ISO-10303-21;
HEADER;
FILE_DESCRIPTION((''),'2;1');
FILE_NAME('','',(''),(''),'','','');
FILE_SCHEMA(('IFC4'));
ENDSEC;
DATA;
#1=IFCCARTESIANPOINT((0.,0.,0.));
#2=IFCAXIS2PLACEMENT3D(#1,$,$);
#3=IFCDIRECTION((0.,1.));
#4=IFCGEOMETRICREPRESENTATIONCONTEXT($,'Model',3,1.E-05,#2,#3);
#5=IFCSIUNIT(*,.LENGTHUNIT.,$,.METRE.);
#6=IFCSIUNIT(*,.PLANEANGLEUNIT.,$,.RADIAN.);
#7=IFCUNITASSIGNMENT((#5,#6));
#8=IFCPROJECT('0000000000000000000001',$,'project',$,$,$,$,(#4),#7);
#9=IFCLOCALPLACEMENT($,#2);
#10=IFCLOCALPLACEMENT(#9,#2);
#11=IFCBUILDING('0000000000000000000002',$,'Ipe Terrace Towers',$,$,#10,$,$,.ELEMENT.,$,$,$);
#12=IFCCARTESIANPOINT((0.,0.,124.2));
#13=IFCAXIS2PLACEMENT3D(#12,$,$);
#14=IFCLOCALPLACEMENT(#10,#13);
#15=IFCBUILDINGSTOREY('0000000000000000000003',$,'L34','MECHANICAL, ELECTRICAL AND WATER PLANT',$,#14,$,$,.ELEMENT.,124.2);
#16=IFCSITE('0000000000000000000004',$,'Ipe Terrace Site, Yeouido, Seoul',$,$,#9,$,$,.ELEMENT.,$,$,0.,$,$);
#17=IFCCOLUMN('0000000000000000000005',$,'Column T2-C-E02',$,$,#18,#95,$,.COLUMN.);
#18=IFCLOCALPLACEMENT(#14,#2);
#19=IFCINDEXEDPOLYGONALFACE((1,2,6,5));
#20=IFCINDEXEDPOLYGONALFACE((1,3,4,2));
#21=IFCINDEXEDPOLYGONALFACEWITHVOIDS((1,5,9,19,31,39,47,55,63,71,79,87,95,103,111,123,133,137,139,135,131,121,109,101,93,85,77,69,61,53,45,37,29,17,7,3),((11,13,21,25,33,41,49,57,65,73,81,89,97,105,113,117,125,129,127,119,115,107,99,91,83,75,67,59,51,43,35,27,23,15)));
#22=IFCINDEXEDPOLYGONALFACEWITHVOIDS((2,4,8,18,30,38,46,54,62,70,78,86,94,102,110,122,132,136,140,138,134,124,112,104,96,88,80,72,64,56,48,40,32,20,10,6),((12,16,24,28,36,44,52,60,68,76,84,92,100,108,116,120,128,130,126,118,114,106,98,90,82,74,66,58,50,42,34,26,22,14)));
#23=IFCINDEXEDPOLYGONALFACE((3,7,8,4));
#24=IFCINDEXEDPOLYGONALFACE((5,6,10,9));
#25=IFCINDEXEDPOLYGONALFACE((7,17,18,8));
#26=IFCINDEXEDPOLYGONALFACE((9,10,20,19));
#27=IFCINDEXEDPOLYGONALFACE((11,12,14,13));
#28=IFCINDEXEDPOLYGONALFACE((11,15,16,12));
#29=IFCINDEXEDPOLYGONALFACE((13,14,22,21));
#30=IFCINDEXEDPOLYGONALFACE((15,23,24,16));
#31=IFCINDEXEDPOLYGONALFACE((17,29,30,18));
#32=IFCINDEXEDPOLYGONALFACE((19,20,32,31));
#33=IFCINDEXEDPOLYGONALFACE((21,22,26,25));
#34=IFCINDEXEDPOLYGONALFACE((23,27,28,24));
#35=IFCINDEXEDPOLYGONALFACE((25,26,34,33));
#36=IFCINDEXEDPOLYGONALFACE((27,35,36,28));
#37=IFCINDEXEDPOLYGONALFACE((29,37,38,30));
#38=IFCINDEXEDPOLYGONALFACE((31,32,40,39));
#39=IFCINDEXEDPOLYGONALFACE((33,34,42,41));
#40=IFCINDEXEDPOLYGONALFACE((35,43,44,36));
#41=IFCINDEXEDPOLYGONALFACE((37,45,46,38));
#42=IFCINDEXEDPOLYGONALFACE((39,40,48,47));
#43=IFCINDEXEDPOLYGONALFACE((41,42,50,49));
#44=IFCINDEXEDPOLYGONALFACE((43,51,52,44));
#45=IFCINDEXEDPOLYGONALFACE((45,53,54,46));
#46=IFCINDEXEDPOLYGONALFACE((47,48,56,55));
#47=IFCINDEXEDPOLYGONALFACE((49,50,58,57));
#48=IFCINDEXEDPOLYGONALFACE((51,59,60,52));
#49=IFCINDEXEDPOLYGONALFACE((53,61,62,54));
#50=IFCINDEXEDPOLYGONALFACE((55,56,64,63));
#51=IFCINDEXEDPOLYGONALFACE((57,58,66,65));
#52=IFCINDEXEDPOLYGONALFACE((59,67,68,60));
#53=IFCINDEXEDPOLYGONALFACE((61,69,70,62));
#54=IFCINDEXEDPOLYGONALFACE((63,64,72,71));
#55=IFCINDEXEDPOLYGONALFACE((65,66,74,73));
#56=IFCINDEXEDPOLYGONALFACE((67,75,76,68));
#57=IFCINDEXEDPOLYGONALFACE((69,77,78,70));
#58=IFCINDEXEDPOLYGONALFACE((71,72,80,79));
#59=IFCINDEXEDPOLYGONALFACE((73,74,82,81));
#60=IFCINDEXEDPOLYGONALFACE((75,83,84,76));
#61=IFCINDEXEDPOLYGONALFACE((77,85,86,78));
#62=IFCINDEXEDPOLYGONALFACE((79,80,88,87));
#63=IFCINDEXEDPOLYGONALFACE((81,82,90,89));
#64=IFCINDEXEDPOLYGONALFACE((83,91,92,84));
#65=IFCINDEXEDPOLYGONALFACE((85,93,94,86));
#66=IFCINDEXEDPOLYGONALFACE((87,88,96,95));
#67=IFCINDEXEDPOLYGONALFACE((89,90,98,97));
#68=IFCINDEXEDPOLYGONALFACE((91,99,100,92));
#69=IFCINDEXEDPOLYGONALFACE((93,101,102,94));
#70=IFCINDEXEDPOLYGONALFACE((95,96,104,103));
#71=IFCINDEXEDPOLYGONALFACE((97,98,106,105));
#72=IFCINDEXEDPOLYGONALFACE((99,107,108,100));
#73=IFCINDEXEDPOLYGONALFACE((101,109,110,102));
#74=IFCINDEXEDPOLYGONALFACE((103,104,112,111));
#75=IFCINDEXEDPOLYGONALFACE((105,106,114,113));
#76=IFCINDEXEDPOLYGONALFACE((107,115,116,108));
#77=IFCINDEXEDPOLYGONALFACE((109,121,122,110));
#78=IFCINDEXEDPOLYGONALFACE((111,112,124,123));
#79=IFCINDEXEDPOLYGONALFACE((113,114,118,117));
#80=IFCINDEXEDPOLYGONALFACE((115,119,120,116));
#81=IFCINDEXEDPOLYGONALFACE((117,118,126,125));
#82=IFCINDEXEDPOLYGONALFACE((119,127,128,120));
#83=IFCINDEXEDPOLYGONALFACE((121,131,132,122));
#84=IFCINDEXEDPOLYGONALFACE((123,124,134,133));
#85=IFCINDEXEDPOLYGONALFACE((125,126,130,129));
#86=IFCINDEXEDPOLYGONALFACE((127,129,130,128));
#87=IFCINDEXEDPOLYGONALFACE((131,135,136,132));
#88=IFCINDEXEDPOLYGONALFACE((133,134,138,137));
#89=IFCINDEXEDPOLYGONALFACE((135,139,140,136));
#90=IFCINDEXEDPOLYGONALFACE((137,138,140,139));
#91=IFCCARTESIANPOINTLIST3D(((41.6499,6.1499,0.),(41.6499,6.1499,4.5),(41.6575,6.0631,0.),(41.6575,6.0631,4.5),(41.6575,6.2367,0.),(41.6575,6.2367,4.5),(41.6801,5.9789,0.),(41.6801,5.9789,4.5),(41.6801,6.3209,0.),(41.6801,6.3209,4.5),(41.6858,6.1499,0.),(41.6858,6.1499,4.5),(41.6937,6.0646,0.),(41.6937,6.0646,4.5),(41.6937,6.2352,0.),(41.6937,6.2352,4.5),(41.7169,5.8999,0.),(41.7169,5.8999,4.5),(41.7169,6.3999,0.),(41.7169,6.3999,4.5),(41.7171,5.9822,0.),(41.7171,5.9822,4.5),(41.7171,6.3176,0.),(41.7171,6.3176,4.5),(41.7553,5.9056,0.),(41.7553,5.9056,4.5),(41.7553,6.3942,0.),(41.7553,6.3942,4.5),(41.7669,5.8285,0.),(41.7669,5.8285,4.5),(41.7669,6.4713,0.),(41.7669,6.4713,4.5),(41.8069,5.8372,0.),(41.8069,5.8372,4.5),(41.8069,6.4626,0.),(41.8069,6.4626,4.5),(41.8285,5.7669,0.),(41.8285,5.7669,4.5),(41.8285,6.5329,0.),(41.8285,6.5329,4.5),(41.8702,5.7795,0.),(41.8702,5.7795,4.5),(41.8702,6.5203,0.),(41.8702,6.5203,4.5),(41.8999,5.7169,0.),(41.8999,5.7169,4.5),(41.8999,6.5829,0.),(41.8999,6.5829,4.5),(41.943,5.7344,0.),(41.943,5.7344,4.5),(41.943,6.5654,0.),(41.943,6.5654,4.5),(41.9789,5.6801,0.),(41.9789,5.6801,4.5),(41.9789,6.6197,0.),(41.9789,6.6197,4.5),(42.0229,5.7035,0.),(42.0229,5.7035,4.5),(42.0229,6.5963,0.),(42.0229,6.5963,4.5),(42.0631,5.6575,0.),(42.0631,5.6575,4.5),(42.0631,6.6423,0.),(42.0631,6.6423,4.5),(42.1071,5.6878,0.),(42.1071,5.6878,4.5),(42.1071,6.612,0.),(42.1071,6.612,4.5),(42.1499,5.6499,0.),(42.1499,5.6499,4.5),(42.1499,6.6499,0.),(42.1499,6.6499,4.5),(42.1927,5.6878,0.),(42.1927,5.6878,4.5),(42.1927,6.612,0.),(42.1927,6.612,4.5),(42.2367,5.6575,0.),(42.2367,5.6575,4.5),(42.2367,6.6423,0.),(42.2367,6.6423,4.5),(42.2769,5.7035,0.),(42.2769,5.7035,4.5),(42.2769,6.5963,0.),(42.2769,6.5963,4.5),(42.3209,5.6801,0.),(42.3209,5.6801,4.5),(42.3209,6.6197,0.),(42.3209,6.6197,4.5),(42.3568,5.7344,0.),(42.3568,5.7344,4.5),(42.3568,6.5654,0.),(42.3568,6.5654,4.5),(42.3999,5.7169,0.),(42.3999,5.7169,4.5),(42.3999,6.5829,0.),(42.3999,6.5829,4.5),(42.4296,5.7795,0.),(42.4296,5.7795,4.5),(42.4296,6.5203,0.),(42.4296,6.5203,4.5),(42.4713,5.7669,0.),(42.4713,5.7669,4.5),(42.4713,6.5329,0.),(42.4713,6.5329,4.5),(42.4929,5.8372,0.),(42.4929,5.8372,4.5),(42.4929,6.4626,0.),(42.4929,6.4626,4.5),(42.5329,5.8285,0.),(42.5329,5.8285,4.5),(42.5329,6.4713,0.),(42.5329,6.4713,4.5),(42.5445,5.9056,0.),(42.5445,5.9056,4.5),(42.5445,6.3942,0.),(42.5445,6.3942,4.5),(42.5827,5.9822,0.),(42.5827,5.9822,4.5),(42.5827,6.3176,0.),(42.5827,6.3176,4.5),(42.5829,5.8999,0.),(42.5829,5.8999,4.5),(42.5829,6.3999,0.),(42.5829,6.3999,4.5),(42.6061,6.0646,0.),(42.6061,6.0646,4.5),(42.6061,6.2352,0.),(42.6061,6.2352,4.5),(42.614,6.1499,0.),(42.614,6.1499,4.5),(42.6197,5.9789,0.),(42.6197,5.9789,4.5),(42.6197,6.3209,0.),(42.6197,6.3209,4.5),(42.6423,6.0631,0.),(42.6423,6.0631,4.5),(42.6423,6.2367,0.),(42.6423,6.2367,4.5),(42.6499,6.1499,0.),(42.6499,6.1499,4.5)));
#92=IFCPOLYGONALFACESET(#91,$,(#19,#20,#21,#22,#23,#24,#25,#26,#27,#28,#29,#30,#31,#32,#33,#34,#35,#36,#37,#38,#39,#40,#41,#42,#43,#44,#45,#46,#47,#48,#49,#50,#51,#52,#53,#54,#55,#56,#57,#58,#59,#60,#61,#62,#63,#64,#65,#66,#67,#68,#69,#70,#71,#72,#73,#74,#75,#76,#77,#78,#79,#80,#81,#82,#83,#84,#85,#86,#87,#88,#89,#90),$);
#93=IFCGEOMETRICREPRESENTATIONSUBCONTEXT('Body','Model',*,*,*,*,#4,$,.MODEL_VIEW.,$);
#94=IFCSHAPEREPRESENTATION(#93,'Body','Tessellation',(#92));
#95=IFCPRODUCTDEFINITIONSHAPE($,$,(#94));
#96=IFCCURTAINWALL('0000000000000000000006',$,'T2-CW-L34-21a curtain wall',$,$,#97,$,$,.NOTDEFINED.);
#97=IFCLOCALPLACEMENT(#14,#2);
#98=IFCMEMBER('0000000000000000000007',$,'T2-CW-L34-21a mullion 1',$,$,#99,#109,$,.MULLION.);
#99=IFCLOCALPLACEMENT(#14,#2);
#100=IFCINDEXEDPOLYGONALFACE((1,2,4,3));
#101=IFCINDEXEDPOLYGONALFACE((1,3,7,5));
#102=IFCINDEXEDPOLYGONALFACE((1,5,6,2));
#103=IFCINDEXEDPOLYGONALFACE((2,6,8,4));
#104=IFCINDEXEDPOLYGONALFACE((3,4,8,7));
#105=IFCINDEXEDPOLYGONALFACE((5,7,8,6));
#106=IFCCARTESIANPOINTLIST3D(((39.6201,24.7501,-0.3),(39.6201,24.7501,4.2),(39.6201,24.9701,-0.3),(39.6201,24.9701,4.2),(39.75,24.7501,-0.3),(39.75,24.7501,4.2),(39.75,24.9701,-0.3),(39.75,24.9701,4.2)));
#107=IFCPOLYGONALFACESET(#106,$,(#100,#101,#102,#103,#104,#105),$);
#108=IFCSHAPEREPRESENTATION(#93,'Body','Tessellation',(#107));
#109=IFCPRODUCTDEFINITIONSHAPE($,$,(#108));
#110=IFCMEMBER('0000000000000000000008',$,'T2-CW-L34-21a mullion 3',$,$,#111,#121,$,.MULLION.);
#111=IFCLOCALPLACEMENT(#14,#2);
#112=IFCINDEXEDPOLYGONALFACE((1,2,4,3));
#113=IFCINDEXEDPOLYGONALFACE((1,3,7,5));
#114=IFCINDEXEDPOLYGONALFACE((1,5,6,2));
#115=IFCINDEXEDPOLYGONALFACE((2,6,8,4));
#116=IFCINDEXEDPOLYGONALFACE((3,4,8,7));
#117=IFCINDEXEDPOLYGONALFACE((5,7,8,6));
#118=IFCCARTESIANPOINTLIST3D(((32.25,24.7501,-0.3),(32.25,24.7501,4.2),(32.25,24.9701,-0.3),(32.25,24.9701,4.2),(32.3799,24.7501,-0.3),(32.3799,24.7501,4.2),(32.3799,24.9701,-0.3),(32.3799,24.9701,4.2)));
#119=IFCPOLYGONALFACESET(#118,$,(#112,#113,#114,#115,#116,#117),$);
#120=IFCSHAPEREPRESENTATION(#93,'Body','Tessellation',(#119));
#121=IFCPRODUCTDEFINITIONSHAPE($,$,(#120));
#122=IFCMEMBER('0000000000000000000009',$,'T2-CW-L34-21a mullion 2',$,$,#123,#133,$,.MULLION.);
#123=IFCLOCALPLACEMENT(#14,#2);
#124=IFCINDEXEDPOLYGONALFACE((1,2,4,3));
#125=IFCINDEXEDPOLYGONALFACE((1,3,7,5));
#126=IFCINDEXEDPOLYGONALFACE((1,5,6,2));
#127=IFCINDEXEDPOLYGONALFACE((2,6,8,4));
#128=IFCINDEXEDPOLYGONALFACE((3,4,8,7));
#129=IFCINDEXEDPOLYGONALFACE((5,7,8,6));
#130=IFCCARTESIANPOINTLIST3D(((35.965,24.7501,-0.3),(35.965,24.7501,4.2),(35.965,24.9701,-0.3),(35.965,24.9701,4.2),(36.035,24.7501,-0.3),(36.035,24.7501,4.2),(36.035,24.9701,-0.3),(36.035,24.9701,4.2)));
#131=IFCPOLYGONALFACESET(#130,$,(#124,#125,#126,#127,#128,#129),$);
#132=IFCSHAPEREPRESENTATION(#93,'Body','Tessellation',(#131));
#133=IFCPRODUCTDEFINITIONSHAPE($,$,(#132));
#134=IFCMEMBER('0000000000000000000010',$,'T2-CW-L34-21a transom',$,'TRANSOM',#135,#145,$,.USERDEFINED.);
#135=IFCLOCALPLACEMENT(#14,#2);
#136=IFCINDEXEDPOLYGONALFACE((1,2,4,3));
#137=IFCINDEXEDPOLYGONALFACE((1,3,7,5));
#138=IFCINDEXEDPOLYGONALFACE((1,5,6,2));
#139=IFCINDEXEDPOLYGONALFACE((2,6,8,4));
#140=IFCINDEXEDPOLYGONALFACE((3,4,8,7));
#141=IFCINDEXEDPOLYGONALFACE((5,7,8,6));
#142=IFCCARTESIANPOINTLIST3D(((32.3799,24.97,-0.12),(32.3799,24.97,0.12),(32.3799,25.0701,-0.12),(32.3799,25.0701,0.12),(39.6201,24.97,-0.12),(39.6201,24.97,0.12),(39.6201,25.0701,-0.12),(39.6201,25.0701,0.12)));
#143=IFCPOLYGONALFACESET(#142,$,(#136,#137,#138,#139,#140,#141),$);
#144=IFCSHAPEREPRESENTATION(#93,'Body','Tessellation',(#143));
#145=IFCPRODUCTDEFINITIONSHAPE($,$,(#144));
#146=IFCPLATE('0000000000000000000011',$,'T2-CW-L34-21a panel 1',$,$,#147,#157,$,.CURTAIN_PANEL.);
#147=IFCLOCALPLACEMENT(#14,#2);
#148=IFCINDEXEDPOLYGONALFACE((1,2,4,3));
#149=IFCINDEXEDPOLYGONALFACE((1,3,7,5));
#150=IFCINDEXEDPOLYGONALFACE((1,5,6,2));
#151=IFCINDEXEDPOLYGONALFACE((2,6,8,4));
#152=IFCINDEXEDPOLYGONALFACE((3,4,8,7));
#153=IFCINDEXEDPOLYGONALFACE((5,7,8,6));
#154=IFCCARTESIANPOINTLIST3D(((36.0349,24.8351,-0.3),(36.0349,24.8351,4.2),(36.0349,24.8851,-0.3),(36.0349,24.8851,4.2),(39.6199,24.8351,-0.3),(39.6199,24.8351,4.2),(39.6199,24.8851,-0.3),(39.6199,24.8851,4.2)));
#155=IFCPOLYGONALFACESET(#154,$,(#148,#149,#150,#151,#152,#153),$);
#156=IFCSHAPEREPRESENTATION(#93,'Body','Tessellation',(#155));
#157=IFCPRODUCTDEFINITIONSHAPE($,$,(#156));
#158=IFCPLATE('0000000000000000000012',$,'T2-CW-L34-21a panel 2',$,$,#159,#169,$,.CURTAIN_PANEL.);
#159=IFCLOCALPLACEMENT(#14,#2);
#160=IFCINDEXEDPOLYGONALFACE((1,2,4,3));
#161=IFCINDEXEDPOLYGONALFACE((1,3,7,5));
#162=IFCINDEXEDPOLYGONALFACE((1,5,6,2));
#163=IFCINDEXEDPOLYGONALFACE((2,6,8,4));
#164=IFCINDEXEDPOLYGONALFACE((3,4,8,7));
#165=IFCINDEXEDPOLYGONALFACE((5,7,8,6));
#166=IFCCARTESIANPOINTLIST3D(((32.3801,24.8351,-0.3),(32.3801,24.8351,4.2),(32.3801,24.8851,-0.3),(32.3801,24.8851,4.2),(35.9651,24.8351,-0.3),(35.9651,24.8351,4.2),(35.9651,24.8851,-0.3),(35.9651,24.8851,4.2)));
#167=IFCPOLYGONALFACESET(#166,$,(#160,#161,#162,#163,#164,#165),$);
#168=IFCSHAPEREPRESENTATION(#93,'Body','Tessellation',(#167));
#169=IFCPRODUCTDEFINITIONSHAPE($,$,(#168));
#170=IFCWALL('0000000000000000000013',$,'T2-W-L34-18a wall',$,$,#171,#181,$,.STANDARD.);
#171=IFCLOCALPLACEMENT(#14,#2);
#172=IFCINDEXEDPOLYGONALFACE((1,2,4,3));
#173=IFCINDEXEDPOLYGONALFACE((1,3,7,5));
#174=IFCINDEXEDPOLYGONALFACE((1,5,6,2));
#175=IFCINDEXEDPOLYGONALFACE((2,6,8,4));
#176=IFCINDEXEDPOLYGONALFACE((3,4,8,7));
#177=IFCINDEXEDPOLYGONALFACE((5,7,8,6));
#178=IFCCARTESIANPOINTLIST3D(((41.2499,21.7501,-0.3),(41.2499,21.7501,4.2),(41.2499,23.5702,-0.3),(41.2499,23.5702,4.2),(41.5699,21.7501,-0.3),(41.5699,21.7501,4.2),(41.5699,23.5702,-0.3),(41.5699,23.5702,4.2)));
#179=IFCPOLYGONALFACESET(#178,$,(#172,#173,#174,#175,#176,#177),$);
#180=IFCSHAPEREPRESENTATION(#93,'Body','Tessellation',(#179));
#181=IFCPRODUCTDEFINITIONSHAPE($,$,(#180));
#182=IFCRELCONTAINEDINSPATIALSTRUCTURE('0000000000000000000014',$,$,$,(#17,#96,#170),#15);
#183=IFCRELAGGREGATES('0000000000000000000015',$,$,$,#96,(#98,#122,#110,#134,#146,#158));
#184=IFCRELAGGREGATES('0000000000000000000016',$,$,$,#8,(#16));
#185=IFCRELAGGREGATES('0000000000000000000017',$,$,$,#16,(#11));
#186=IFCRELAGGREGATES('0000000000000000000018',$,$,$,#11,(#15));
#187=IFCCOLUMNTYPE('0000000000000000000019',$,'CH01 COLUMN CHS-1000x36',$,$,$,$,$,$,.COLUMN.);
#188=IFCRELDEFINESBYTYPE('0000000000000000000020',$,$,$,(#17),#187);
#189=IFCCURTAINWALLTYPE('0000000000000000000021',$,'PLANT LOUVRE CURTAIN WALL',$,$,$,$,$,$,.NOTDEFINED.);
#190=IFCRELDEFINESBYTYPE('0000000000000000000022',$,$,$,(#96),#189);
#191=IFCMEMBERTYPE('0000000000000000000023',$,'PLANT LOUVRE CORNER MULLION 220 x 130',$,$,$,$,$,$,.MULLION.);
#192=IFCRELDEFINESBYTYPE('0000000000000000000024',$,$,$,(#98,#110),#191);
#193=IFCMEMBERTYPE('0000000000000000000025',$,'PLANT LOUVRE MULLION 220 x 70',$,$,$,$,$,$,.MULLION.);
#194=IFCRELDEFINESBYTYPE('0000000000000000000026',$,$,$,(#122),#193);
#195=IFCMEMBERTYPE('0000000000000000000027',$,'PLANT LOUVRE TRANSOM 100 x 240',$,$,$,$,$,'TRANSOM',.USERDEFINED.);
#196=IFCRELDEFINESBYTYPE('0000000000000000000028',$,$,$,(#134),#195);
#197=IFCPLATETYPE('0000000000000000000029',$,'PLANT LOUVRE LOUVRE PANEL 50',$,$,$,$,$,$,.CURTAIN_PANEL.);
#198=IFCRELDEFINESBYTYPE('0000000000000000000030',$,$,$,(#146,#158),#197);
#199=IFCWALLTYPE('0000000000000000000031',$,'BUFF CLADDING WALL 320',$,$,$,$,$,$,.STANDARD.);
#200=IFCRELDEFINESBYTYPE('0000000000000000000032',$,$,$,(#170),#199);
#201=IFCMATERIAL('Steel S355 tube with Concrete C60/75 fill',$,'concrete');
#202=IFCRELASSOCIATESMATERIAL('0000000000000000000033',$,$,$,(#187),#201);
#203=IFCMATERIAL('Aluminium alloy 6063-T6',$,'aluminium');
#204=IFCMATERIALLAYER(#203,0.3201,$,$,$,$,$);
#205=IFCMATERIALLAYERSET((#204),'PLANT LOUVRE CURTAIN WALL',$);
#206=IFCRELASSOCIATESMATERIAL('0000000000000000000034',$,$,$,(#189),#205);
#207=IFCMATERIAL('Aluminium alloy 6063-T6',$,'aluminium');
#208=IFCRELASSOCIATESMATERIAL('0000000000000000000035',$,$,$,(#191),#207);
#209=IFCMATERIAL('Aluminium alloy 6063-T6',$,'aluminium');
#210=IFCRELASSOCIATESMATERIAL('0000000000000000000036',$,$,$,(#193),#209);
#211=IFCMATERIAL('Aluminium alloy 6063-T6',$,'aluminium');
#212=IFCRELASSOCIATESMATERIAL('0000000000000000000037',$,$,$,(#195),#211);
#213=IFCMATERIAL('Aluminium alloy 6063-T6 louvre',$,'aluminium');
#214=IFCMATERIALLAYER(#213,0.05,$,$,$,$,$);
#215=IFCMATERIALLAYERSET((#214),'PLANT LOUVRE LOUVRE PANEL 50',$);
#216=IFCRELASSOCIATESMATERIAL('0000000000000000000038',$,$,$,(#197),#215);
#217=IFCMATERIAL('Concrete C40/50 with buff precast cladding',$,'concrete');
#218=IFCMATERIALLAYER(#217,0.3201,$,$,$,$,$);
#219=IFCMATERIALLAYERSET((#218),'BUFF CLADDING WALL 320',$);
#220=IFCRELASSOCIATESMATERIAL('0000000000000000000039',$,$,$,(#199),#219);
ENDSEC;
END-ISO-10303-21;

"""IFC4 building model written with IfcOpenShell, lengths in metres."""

from ifc_helpers import new_model, si_unit, direction, frame, frame_2d, origin, origin_2d, place, context, subcontext, project, spatial, rectangle, hollow_circle, extrude, material, layer, layer_set, material_profile, profile_set, type_object, element, aggregate, save


model = new_model("IFC4")

# Units and contexts
model_context = context("Model", 3, precision=1e-05, world=origin(), true_north=direction((0.0, 1.0)))
body_context = subcontext(model_context, "Body", "Model", "MODEL_VIEW")
ifc_project = project(units=[si_unit("LENGTHUNIT", "METRE"), si_unit("PLANEANGLEUNIT", "RADIAN")], contexts=[model_context])

# Site, building, storey
site_placement = place(None, origin())
site = spatial("IfcSite", under=ifc_project, at=site_placement, Name="Ipe Terrace Site, Yeouido, Seoul", CompositionType="ELEMENT", RefElevation=0.0)
building_placement = place(site_placement, origin())
building = spatial("IfcBuilding", under=site, at=building_placement, Name="Ipe Terrace Towers", CompositionType="ELEMENT")
storey_placement = place(building_placement, frame((0.0, 0.0, 124.2)))
storey = spatial("IfcBuildingStorey", under=building, at=storey_placement, Name="L34", Description="MECHANICAL, ELECTRICAL AND WATER PLANT", CompositionType="ELEMENT", Elevation=124.2)

# Column
ifc_material_1 = material(Name="Steel S355 tube with Concrete C60/75 fill", Category="concrete")
ifc_material_profile_1 = material_profile(ifc_material_1, hollow_circle(Radius=0.5, WallThickness=0.0359, at=origin_2d()), Name="CHS-1000x36")
ifc_profile_set_1 = profile_set([ifc_material_profile_1], Name="Steel S355 tube with Concrete C60/75 fill")
column_type = type_object("IfcColumnType", Name="CH01 COLUMN CHS-1000x36", PredefinedType="COLUMN", material=ifc_profile_set_1)
column_placement = place(storey_placement, frame((42.1499, 6.1499, 0.0), z_axis=(0.0, 0.0, 1.0), x_axis=(1.0, 0.0, 0.0)))
element("IfcColumn", 1, at=column_placement, inside=storey, type_object=column_type, Name="Column T2-C-E02", PredefinedType="COLUMN", context=body_context, shape_type="SweptSolid", body=[
    extrude(hollow_circle(Radius=0.5, WallThickness=0.0359, at=origin_2d()), origin(), (0.0, 0.0, 1.0), 4.5),
])

# Curtain wall, members, plates
ifc_material_2 = material(Name="Aluminium alloy 6063-T6", Category="aluminium")
ifc_layer_1 = layer(ifc_material_2, 0.3201)
ifc_layer_set_1 = layer_set([ifc_layer_1], Name="PLANT LOUVRE CURTAIN WALL")
curtain_wall_type = type_object("IfcCurtainWallType", Name="PLANT LOUVRE CURTAIN WALL", PredefinedType="NOTDEFINED", material=ifc_layer_set_1)
curtain_wall_placement = place(storey_placement, origin())
curtain_wall = element("IfcCurtainWall", 2, at=curtain_wall_placement, inside=storey, type_object=curtain_wall_type, Name="T2-CW-L34-21a curtain wall", PredefinedType="NOTDEFINED")
ifc_material_3 = material(Name="Aluminium alloy 6063-T6", Category="aluminium")
ifc_material_profile_2 = material_profile(ifc_material_3, rectangle(XDim=0.22, YDim=0.1299, at=origin_2d()), Name="PLANT LOUVRE CORNER MULLION 220 x 130")
ifc_profile_set_2 = profile_set([ifc_material_profile_2], Name="Aluminium alloy 6063-T6")
member_type_1 = type_object("IfcMemberType", Name="PLANT LOUVRE CORNER MULLION 220 x 130", PredefinedType="MULLION", material=ifc_profile_set_2)
member_1_placement = place(storey_placement, frame((39.6851, 24.8601, -0.3), z_axis=(0.0, 0.0, 1.0), x_axis=(0.0, 1.0, 0.0)))
member_1 = element("IfcMember", 3, at=member_1_placement, type_object=member_type_1, Name="T2-CW-L34-21a mullion 1", PredefinedType="MULLION", context=body_context, shape_type="SweptSolid", body=[
    extrude(rectangle(XDim=0.22, YDim=0.1299, at=origin_2d()), origin(), (0.0, 0.0, 1.0), 4.5),
])
member_2_placement = place(storey_placement, frame((32.3149, 24.8601, -0.3), z_axis=(0.0, 0.0, 1.0), x_axis=(0.0, 1.0, 0.0)))
member_2 = element("IfcMember", 4, at=member_2_placement, type_object=member_type_1, Name="T2-CW-L34-21a mullion 3", PredefinedType="MULLION", context=body_context, shape_type="SweptSolid", body=[
    extrude(rectangle(XDim=0.22, YDim=0.1299, at=origin_2d()), origin(), (0.0, 0.0, 1.0), 4.5),
])
ifc_material_4 = material(Name="Aluminium alloy 6063-T6", Category="aluminium")
ifc_material_profile_3 = material_profile(ifc_material_4, rectangle(XDim=0.22, YDim=0.0701, at=origin_2d()), Name="PLANT LOUVRE MULLION 220 x 70")
ifc_profile_set_3 = profile_set([ifc_material_profile_3], Name="Aluminium alloy 6063-T6")
member_type_2 = type_object("IfcMemberType", Name="PLANT LOUVRE MULLION 220 x 70", PredefinedType="MULLION", material=ifc_profile_set_3)
member_3_placement = place(storey_placement, frame((36.0, 24.8601, -0.3), z_axis=(0.0, 0.0, 1.0), x_axis=(0.0, 1.0, 0.0)))
member_3 = element("IfcMember", 5, at=member_3_placement, type_object=member_type_2, Name="T2-CW-L34-21a mullion 2", PredefinedType="MULLION", context=body_context, shape_type="SweptSolid", body=[
    extrude(rectangle(XDim=0.22, YDim=0.0701, at=origin_2d()), origin(), (0.0, 0.0, 1.0), 4.5),
])
ifc_material_5 = material(Name="Aluminium alloy 6063-T6", Category="aluminium")
ifc_material_profile_4 = material_profile(ifc_material_5, rectangle(XDim=0.1001, YDim=0.24, at=origin_2d()), Name="PLANT LOUVRE TRANSOM 100 x 240")
ifc_profile_set_4 = profile_set([ifc_material_profile_4], Name="Aluminium alloy 6063-T6")
member_type_3 = type_object("IfcMemberType", Name="PLANT LOUVRE TRANSOM 100 x 240", ElementType="TRANSOM", PredefinedType="USERDEFINED", material=ifc_profile_set_4)
member_4_placement = place(storey_placement, frame((39.6201, 25.02, 0.0), z_axis=(-1.0, 0.0, 0.0), x_axis=(0.0, 1.0, 0.0)))
member_4 = element("IfcMember", 6, at=member_4_placement, type_object=member_type_3, Name="T2-CW-L34-21a transom", ObjectType="TRANSOM", PredefinedType="USERDEFINED", context=body_context, shape_type="SweptSolid", body=[
    extrude(rectangle(XDim=0.1001, YDim=0.24, at=origin_2d()), origin(), (0.0, 0.0, 1.0), 7.2402),
])
ifc_material_6 = material(Name="Aluminium alloy 6063-T6 louvre", Category="aluminium")
ifc_layer_2 = layer(ifc_material_6, 0.05)
ifc_layer_set_2 = layer_set([ifc_layer_2], Name="PLANT LOUVRE LOUVRE PANEL 50")
plate_type = type_object("IfcPlateType", Name="PLANT LOUVRE LOUVRE PANEL 50", PredefinedType="CURTAIN_PANEL", material=ifc_layer_set_2)
plate_1_placement = place(storey_placement, frame((37.8274, 24.8601, -0.3), z_axis=(0.0, 0.0, 1.0), x_axis=(-1.0, 0.0, 0.0)))
plate_1 = element("IfcPlate", 7, at=plate_1_placement, type_object=plate_type, Name="T2-CW-L34-21a panel 1", PredefinedType="CURTAIN_PANEL", context=body_context, shape_type="SweptSolid", body=[
    extrude(rectangle(XDim=3.585, YDim=0.05, at=origin_2d()), origin(), (0.0, 0.0, 1.0), 4.5),
])
plate_2_placement = place(storey_placement, frame((34.1726, 24.8601, -0.3), z_axis=(0.0, 0.0, 1.0), x_axis=(-1.0, 0.0, 0.0)))
plate_2 = element("IfcPlate", 8, at=plate_2_placement, type_object=plate_type, Name="T2-CW-L34-21a panel 2", PredefinedType="CURTAIN_PANEL", context=body_context, shape_type="SweptSolid", body=[
    extrude(rectangle(XDim=3.585, YDim=0.05, at=origin_2d()), origin(), (0.0, 0.0, 1.0), 4.5),
])
aggregate(curtain_wall, [member_1, member_3, member_2, member_4, plate_1, plate_2])

# Wall
ifc_material_7 = material(Name="Concrete C40/50 with buff precast cladding", Category="concrete")
ifc_layer_3 = layer(ifc_material_7, 0.3201)
ifc_layer_set_3 = layer_set([ifc_layer_3], Name="BUFF CLADDING WALL 320")
wall_type_1 = type_object("IfcWallType", Name="BUFF CLADDING WALL 320", PredefinedType="STANDARD", material=ifc_layer_set_3)
wall_1_placement = place(storey_placement, frame((41.4099, 21.75, -0.3), z_axis=(0.0, 0.0, 1.0), x_axis=(0.0, 1.0, 0.0)))
element("IfcWall", 9, at=wall_1_placement, inside=storey, type_object=wall_type_1, Name="T2-W-L34-18a wall", PredefinedType="STANDARD", context=body_context, shape_type="SweptSolid", body=[
    extrude(rectangle(XDim=1.8201, YDim=0.3201, at=frame_2d((0.9102, 0.0))), origin(), (0.0, 0.0, 1.0), 4.5),
])

save(model, "model.ifc")
